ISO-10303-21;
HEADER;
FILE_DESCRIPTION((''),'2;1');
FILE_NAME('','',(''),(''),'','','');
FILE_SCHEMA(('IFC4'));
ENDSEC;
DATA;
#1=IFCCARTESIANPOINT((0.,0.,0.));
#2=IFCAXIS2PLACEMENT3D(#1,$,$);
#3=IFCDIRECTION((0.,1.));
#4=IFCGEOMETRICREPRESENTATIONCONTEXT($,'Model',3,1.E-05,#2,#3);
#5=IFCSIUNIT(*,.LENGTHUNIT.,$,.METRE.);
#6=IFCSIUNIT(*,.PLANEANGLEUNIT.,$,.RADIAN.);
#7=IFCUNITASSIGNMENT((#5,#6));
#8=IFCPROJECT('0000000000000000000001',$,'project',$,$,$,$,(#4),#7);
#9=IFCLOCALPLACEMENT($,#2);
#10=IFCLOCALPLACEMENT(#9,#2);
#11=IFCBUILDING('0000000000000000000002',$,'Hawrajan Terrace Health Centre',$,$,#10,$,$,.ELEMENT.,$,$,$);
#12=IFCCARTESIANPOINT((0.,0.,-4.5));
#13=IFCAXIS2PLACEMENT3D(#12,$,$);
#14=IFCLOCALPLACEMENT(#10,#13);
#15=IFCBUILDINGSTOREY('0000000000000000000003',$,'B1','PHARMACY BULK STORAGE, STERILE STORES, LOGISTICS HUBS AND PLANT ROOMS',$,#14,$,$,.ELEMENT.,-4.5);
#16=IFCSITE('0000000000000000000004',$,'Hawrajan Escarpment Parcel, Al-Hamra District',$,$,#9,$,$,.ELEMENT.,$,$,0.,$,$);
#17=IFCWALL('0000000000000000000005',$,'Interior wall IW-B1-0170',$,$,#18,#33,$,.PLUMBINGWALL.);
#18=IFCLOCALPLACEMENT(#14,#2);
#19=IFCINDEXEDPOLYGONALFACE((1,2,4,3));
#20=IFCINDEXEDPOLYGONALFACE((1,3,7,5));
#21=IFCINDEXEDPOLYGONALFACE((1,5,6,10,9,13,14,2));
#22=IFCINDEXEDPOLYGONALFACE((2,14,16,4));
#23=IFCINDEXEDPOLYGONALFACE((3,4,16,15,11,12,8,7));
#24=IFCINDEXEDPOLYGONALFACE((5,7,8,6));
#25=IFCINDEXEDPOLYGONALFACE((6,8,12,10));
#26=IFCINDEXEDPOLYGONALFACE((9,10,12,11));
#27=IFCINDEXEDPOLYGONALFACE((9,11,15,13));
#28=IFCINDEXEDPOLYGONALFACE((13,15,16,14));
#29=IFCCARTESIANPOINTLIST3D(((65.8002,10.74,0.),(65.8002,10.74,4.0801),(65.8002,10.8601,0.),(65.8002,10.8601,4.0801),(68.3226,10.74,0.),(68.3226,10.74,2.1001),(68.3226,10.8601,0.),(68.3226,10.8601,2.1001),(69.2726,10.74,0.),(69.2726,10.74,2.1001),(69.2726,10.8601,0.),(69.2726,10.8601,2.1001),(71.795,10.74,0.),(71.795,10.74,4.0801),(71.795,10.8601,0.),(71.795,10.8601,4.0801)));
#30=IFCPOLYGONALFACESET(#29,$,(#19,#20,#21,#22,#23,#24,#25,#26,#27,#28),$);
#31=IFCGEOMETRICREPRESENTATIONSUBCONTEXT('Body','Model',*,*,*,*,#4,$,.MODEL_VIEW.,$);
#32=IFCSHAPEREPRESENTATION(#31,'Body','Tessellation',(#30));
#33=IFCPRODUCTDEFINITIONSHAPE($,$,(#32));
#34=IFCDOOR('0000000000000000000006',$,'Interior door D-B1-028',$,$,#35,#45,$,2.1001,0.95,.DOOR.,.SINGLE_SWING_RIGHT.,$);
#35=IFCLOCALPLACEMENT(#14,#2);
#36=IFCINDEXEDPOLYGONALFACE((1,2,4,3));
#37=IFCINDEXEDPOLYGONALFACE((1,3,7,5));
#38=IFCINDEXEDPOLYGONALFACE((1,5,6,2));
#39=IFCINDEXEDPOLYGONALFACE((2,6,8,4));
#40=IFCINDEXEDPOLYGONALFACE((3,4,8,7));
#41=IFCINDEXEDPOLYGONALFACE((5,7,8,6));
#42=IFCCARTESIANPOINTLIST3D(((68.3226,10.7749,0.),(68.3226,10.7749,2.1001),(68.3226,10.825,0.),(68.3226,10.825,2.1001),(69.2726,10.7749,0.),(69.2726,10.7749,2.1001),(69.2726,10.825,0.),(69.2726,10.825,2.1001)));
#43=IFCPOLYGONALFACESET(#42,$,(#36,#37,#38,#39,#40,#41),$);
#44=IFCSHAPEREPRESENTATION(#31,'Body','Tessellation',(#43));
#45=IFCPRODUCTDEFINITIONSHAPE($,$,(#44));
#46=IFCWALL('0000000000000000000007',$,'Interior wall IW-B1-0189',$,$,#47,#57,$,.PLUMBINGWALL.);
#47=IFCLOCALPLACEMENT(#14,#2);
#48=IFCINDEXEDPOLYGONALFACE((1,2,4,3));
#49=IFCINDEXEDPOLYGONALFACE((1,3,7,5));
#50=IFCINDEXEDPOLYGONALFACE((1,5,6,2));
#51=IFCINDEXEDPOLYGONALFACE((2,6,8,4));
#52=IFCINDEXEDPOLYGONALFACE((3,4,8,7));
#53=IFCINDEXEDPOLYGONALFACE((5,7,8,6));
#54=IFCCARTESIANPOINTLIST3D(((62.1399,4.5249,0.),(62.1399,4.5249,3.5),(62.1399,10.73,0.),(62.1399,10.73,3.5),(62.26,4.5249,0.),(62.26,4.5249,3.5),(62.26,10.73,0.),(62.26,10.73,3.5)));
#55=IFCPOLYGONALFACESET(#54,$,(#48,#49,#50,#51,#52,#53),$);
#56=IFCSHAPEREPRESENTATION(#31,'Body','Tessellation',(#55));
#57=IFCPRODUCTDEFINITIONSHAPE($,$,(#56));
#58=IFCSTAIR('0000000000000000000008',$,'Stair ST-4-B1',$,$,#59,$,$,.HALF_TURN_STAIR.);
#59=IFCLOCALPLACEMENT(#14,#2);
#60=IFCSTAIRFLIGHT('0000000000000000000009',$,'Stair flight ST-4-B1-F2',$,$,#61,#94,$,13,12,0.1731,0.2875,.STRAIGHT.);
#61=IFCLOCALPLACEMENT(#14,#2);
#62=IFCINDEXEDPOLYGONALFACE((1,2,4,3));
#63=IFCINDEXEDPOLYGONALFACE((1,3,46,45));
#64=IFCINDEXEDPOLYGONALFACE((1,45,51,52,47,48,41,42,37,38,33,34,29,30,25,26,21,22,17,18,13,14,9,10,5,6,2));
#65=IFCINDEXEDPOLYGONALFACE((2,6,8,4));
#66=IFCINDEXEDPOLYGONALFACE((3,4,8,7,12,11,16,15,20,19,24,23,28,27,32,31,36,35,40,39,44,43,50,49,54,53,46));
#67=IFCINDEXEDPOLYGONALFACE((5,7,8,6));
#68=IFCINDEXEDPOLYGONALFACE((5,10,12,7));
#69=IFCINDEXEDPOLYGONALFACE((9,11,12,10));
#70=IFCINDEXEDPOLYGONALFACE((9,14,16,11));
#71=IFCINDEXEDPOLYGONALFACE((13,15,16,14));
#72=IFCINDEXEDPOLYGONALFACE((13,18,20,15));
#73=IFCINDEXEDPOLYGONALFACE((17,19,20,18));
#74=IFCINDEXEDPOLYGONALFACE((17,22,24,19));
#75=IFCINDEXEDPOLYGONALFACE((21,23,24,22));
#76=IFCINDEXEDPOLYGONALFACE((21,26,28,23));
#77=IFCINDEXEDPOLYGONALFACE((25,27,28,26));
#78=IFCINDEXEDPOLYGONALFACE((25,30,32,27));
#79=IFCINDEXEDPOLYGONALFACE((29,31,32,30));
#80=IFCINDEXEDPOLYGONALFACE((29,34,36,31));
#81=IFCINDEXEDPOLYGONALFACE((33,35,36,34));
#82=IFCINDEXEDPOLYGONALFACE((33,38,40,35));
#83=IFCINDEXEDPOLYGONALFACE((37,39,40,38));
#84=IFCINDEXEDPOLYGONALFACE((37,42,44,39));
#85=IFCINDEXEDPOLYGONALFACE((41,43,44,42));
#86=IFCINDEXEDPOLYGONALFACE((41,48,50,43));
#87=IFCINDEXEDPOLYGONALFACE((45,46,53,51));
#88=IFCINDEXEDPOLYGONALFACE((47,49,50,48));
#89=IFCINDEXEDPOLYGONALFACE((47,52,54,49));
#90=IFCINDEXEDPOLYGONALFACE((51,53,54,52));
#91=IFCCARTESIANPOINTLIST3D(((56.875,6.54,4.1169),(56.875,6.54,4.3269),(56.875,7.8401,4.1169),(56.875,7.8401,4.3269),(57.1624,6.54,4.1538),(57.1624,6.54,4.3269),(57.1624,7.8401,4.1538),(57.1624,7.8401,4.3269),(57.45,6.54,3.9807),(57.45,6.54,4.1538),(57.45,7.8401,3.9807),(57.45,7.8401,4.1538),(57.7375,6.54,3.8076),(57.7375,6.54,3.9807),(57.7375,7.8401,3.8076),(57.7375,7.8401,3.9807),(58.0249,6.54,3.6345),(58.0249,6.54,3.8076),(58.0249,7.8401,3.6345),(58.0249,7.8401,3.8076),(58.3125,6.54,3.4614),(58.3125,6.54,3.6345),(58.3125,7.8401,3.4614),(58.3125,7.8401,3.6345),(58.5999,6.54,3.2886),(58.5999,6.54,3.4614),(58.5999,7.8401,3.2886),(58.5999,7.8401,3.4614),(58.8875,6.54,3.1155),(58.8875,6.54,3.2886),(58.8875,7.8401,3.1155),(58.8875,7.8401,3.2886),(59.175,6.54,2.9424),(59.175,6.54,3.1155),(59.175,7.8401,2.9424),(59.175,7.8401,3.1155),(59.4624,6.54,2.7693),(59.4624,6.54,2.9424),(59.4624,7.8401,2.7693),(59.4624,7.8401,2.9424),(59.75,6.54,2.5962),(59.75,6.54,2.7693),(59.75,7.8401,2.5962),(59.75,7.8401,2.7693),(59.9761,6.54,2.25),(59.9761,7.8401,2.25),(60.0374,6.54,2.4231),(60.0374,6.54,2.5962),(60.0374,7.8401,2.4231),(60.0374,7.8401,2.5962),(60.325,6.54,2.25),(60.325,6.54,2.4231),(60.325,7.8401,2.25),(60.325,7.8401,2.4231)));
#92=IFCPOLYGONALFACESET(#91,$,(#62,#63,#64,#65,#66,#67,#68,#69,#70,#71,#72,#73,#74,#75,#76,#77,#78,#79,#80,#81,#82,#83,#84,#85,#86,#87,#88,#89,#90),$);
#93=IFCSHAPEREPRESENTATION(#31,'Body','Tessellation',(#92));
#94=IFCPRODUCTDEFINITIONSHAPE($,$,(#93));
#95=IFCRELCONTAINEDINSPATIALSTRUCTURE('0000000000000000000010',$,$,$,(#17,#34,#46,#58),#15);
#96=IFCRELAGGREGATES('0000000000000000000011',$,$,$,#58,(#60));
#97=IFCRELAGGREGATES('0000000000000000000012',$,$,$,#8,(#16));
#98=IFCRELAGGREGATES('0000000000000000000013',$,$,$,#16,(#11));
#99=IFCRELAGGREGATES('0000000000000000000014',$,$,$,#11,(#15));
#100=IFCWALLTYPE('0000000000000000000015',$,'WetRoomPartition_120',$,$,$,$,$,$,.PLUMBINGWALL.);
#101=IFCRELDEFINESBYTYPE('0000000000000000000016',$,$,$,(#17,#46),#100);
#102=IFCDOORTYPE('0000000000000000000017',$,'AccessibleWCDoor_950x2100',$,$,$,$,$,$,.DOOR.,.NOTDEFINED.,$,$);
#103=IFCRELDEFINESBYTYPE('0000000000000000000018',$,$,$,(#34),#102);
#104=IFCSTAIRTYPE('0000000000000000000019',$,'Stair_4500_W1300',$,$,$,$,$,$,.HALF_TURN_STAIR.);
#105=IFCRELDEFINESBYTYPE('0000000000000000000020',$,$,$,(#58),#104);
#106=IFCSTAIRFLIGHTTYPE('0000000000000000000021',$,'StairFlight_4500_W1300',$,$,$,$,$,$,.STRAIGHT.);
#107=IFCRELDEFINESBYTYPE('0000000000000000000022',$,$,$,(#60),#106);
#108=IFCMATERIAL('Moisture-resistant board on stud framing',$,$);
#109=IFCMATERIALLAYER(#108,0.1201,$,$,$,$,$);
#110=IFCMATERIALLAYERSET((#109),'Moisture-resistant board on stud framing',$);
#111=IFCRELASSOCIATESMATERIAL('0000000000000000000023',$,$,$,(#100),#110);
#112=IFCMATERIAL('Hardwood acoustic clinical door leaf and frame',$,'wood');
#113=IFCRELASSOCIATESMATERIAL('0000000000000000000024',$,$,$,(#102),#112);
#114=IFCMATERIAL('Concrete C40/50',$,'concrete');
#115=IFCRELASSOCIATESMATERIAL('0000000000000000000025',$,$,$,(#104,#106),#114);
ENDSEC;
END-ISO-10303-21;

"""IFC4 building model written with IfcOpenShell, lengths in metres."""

from ifc_helpers import new_model, si_unit, direction, frame, frame_2d, origin, place, context, subcontext, project, spatial, polyline, rectangle, outline, extrude, material, layer, layer_set, type_object, element, fill, aggregate, save


model = new_model("IFC4")

# Units and contexts
model_context = context("Model", 3, precision=1e-05, world=origin(), true_north=direction((0.0, 1.0)))
body_context = subcontext(model_context, "Body", "Model", "MODEL_VIEW")
ifc_project = project(units=[si_unit("LENGTHUNIT", "METRE"), si_unit("PLANEANGLEUNIT", "RADIAN")], contexts=[model_context])

# Site, building, storey
site_placement = place(None, origin())
site = spatial("IfcSite", under=ifc_project, at=site_placement, Name="Hawrajan Escarpment Parcel, Al-Hamra District", CompositionType="ELEMENT", RefElevation=0.0)
building_placement = place(site_placement, origin())
building = spatial("IfcBuilding", under=site, at=building_placement, Name="Hawrajan Terrace Health Centre", CompositionType="ELEMENT")
storey_placement = place(building_placement, frame((0.0, 0.0, -4.5)))
storey = spatial("IfcBuildingStorey", under=building, at=storey_placement, Name="B1", Description="PHARMACY BULK STORAGE, STERILE STORES, LOGISTICS HUBS AND PLANT ROOMS", CompositionType="ELEMENT", Elevation=-4.5)

# Shared definitions
ifc_material_1 = material(Name="Concrete C40/50", Category="concrete")

# Shared definitions
ifc_material_2 = material(Name="Moisture-resistant board on stud framing")
ifc_layer_1 = layer(ifc_material_2, 0.1201)
ifc_layer_set_1 = layer_set([ifc_layer_1], Name="Moisture-resistant board on stud framing")
wall_type_1 = type_object("IfcWallType", Name="WetRoomPartition_120", PredefinedType="PLUMBINGWALL", material=ifc_layer_set_1)
ifc_material_3 = material(Name="Hardwood acoustic clinical door leaf and frame", Category="wood")
door_type = type_object("IfcDoorType", Name="AccessibleWCDoor_950x2100", OperationType="NOTDEFINED", PredefinedType="DOOR", material=ifc_material_3)

# Wall, opening, door
wall_1_placement = place(storey_placement, frame((65.8, 10.8, 0.0), z_axis=(0.0, 0.0, 1.0), x_axis=(1.0, 0.0, 0.0)))
wall_1 = element("IfcWall", 1, at=wall_1_placement, inside=storey, type_object=wall_type_1, Name="Interior wall IW-B1-0170", PredefinedType="PLUMBINGWALL", context=body_context, shape_type="SweptSolid", body=[
    extrude(rectangle(XDim=5.9949, YDim=0.1201, at=frame_2d((2.9976, 0.0))), origin(), (0.0, 0.0, 1.0), 4.0801),
])
opening_1_placement = place(wall_1_placement, frame((2.5225, 0.0, 0.0)))
opening_1 = element("IfcOpeningElement", 2, at=opening_1_placement, cuts=wall_1, PredefinedType="OPENING", context=body_context, shape_type="SweptSolid", body=[
    extrude(rectangle(XDim=0.95, YDim=2.1001, at=frame_2d((0.4751, 1.05))), frame((0.0, 0.0701, 0.0), z_axis=(0.0, -1.0, 0.0), x_axis=(1.0, 0.0, 0.0)), (0.0, 0.0, 1.0), 0.1401),
])
door_1_placement = place(opening_1_placement, origin())
door_1 = element("IfcDoor", 3, at=door_1_placement, inside=storey, type_object=door_type, Name="Interior door D-B1-028", OperationType="SINGLE_SWING_RIGHT", OverallHeight=2.1001, OverallWidth=0.95, PredefinedType="DOOR", context=body_context, shape_type="SweptSolid", body=[
    extrude(rectangle(XDim=0.95, YDim=2.1001, at=frame_2d((0.4751, 1.05))), frame((0.0, 0.0249, 0.0), z_axis=(0.0, -1.0, 0.0), x_axis=(1.0, 0.0, 0.0)), (0.0, 0.0, 1.0), 0.05),
])
fill(opening_1, door_1)

# Wall
wall_2_placement = place(storey_placement, frame((62.2, 4.5249, 0.0), z_axis=(0.0, 0.0, 1.0), x_axis=(0.0, 1.0, 0.0)))
element("IfcWall", 4, at=wall_2_placement, inside=storey, type_object=wall_type_1, Name="Interior wall IW-B1-0189", PredefinedType="PLUMBINGWALL", context=body_context, shape_type="SweptSolid", body=[
    extrude(rectangle(XDim=6.2051, YDim=0.1201, at=frame_2d((3.1025, 0.0))), origin(), (0.0, 0.0, 1.0), 3.5),
])

# Stair, stair flight
stair_type = type_object("IfcStairType", Name="Stair_4500_W1300", PredefinedType="HALF_TURN_STAIR", material=ifc_material_1)
stair_placement = place(storey_placement, origin())
stair = element("IfcStair", 5, at=stair_placement, inside=storey, type_object=stair_type, Name="Stair ST-4-B1", PredefinedType="HALF_TURN_STAIR")
stair_flight_type = type_object("IfcStairFlightType", Name="StairFlight_4500_W1300", PredefinedType="STRAIGHT", material=ifc_material_1)
stair_flight_placement = place(storey_placement, frame((60.325, 7.1899, 2.25), z_axis=(0.0, 0.0, 1.0), x_axis=(-1.0, 0.0, 0.0)))
stair_flight = element("IfcStairFlight", 6, at=stair_flight_placement, type_object=stair_flight_type, Name="Stair flight ST-4-B1-F2", NumberOfRisers=13, NumberOfTreads=12, PredefinedType="STRAIGHT", RiserHeight=0.1731, TreadLength=0.2875, context=body_context, shape_type="SweptSolid", body=[
    extrude(outline(polyline([(0.0, 0.0), (0.0, 0.1731), (0.2876, 0.1731), (0.2876, 0.3462), (0.575, 0.3462), (0.575, 0.5193), (0.8625, 0.5193), (0.8625, 0.6924), (1.1499, 0.6924), (1.1499, 0.8655), (1.4375, 0.8655), (1.4375, 1.0386), (1.7251, 1.0386), (1.7251, 1.2114), (2.0125, 1.2114), (2.0125, 1.3845), (2.3, 1.3845), (2.3, 1.5576), (2.5874, 1.5576), (2.5874, 1.7307), (2.875, 1.7307), (2.875, 1.9038), (3.1626, 1.9038), (3.1626, 2.0769), (3.45, 2.0769), (3.45, 2.25), (3.45, 1.8669), (0.3489, 0.0), (0.0, 0.0)])), frame((0.0, 0.6499, 0.0), z_axis=(0.0, -1.0, 0.0), x_axis=(1.0, 0.0, 0.0)), (0.0, 0.0, 1.0), 1.3),
])
aggregate(stair, [stair_flight])

save(model, "model.ifc")
